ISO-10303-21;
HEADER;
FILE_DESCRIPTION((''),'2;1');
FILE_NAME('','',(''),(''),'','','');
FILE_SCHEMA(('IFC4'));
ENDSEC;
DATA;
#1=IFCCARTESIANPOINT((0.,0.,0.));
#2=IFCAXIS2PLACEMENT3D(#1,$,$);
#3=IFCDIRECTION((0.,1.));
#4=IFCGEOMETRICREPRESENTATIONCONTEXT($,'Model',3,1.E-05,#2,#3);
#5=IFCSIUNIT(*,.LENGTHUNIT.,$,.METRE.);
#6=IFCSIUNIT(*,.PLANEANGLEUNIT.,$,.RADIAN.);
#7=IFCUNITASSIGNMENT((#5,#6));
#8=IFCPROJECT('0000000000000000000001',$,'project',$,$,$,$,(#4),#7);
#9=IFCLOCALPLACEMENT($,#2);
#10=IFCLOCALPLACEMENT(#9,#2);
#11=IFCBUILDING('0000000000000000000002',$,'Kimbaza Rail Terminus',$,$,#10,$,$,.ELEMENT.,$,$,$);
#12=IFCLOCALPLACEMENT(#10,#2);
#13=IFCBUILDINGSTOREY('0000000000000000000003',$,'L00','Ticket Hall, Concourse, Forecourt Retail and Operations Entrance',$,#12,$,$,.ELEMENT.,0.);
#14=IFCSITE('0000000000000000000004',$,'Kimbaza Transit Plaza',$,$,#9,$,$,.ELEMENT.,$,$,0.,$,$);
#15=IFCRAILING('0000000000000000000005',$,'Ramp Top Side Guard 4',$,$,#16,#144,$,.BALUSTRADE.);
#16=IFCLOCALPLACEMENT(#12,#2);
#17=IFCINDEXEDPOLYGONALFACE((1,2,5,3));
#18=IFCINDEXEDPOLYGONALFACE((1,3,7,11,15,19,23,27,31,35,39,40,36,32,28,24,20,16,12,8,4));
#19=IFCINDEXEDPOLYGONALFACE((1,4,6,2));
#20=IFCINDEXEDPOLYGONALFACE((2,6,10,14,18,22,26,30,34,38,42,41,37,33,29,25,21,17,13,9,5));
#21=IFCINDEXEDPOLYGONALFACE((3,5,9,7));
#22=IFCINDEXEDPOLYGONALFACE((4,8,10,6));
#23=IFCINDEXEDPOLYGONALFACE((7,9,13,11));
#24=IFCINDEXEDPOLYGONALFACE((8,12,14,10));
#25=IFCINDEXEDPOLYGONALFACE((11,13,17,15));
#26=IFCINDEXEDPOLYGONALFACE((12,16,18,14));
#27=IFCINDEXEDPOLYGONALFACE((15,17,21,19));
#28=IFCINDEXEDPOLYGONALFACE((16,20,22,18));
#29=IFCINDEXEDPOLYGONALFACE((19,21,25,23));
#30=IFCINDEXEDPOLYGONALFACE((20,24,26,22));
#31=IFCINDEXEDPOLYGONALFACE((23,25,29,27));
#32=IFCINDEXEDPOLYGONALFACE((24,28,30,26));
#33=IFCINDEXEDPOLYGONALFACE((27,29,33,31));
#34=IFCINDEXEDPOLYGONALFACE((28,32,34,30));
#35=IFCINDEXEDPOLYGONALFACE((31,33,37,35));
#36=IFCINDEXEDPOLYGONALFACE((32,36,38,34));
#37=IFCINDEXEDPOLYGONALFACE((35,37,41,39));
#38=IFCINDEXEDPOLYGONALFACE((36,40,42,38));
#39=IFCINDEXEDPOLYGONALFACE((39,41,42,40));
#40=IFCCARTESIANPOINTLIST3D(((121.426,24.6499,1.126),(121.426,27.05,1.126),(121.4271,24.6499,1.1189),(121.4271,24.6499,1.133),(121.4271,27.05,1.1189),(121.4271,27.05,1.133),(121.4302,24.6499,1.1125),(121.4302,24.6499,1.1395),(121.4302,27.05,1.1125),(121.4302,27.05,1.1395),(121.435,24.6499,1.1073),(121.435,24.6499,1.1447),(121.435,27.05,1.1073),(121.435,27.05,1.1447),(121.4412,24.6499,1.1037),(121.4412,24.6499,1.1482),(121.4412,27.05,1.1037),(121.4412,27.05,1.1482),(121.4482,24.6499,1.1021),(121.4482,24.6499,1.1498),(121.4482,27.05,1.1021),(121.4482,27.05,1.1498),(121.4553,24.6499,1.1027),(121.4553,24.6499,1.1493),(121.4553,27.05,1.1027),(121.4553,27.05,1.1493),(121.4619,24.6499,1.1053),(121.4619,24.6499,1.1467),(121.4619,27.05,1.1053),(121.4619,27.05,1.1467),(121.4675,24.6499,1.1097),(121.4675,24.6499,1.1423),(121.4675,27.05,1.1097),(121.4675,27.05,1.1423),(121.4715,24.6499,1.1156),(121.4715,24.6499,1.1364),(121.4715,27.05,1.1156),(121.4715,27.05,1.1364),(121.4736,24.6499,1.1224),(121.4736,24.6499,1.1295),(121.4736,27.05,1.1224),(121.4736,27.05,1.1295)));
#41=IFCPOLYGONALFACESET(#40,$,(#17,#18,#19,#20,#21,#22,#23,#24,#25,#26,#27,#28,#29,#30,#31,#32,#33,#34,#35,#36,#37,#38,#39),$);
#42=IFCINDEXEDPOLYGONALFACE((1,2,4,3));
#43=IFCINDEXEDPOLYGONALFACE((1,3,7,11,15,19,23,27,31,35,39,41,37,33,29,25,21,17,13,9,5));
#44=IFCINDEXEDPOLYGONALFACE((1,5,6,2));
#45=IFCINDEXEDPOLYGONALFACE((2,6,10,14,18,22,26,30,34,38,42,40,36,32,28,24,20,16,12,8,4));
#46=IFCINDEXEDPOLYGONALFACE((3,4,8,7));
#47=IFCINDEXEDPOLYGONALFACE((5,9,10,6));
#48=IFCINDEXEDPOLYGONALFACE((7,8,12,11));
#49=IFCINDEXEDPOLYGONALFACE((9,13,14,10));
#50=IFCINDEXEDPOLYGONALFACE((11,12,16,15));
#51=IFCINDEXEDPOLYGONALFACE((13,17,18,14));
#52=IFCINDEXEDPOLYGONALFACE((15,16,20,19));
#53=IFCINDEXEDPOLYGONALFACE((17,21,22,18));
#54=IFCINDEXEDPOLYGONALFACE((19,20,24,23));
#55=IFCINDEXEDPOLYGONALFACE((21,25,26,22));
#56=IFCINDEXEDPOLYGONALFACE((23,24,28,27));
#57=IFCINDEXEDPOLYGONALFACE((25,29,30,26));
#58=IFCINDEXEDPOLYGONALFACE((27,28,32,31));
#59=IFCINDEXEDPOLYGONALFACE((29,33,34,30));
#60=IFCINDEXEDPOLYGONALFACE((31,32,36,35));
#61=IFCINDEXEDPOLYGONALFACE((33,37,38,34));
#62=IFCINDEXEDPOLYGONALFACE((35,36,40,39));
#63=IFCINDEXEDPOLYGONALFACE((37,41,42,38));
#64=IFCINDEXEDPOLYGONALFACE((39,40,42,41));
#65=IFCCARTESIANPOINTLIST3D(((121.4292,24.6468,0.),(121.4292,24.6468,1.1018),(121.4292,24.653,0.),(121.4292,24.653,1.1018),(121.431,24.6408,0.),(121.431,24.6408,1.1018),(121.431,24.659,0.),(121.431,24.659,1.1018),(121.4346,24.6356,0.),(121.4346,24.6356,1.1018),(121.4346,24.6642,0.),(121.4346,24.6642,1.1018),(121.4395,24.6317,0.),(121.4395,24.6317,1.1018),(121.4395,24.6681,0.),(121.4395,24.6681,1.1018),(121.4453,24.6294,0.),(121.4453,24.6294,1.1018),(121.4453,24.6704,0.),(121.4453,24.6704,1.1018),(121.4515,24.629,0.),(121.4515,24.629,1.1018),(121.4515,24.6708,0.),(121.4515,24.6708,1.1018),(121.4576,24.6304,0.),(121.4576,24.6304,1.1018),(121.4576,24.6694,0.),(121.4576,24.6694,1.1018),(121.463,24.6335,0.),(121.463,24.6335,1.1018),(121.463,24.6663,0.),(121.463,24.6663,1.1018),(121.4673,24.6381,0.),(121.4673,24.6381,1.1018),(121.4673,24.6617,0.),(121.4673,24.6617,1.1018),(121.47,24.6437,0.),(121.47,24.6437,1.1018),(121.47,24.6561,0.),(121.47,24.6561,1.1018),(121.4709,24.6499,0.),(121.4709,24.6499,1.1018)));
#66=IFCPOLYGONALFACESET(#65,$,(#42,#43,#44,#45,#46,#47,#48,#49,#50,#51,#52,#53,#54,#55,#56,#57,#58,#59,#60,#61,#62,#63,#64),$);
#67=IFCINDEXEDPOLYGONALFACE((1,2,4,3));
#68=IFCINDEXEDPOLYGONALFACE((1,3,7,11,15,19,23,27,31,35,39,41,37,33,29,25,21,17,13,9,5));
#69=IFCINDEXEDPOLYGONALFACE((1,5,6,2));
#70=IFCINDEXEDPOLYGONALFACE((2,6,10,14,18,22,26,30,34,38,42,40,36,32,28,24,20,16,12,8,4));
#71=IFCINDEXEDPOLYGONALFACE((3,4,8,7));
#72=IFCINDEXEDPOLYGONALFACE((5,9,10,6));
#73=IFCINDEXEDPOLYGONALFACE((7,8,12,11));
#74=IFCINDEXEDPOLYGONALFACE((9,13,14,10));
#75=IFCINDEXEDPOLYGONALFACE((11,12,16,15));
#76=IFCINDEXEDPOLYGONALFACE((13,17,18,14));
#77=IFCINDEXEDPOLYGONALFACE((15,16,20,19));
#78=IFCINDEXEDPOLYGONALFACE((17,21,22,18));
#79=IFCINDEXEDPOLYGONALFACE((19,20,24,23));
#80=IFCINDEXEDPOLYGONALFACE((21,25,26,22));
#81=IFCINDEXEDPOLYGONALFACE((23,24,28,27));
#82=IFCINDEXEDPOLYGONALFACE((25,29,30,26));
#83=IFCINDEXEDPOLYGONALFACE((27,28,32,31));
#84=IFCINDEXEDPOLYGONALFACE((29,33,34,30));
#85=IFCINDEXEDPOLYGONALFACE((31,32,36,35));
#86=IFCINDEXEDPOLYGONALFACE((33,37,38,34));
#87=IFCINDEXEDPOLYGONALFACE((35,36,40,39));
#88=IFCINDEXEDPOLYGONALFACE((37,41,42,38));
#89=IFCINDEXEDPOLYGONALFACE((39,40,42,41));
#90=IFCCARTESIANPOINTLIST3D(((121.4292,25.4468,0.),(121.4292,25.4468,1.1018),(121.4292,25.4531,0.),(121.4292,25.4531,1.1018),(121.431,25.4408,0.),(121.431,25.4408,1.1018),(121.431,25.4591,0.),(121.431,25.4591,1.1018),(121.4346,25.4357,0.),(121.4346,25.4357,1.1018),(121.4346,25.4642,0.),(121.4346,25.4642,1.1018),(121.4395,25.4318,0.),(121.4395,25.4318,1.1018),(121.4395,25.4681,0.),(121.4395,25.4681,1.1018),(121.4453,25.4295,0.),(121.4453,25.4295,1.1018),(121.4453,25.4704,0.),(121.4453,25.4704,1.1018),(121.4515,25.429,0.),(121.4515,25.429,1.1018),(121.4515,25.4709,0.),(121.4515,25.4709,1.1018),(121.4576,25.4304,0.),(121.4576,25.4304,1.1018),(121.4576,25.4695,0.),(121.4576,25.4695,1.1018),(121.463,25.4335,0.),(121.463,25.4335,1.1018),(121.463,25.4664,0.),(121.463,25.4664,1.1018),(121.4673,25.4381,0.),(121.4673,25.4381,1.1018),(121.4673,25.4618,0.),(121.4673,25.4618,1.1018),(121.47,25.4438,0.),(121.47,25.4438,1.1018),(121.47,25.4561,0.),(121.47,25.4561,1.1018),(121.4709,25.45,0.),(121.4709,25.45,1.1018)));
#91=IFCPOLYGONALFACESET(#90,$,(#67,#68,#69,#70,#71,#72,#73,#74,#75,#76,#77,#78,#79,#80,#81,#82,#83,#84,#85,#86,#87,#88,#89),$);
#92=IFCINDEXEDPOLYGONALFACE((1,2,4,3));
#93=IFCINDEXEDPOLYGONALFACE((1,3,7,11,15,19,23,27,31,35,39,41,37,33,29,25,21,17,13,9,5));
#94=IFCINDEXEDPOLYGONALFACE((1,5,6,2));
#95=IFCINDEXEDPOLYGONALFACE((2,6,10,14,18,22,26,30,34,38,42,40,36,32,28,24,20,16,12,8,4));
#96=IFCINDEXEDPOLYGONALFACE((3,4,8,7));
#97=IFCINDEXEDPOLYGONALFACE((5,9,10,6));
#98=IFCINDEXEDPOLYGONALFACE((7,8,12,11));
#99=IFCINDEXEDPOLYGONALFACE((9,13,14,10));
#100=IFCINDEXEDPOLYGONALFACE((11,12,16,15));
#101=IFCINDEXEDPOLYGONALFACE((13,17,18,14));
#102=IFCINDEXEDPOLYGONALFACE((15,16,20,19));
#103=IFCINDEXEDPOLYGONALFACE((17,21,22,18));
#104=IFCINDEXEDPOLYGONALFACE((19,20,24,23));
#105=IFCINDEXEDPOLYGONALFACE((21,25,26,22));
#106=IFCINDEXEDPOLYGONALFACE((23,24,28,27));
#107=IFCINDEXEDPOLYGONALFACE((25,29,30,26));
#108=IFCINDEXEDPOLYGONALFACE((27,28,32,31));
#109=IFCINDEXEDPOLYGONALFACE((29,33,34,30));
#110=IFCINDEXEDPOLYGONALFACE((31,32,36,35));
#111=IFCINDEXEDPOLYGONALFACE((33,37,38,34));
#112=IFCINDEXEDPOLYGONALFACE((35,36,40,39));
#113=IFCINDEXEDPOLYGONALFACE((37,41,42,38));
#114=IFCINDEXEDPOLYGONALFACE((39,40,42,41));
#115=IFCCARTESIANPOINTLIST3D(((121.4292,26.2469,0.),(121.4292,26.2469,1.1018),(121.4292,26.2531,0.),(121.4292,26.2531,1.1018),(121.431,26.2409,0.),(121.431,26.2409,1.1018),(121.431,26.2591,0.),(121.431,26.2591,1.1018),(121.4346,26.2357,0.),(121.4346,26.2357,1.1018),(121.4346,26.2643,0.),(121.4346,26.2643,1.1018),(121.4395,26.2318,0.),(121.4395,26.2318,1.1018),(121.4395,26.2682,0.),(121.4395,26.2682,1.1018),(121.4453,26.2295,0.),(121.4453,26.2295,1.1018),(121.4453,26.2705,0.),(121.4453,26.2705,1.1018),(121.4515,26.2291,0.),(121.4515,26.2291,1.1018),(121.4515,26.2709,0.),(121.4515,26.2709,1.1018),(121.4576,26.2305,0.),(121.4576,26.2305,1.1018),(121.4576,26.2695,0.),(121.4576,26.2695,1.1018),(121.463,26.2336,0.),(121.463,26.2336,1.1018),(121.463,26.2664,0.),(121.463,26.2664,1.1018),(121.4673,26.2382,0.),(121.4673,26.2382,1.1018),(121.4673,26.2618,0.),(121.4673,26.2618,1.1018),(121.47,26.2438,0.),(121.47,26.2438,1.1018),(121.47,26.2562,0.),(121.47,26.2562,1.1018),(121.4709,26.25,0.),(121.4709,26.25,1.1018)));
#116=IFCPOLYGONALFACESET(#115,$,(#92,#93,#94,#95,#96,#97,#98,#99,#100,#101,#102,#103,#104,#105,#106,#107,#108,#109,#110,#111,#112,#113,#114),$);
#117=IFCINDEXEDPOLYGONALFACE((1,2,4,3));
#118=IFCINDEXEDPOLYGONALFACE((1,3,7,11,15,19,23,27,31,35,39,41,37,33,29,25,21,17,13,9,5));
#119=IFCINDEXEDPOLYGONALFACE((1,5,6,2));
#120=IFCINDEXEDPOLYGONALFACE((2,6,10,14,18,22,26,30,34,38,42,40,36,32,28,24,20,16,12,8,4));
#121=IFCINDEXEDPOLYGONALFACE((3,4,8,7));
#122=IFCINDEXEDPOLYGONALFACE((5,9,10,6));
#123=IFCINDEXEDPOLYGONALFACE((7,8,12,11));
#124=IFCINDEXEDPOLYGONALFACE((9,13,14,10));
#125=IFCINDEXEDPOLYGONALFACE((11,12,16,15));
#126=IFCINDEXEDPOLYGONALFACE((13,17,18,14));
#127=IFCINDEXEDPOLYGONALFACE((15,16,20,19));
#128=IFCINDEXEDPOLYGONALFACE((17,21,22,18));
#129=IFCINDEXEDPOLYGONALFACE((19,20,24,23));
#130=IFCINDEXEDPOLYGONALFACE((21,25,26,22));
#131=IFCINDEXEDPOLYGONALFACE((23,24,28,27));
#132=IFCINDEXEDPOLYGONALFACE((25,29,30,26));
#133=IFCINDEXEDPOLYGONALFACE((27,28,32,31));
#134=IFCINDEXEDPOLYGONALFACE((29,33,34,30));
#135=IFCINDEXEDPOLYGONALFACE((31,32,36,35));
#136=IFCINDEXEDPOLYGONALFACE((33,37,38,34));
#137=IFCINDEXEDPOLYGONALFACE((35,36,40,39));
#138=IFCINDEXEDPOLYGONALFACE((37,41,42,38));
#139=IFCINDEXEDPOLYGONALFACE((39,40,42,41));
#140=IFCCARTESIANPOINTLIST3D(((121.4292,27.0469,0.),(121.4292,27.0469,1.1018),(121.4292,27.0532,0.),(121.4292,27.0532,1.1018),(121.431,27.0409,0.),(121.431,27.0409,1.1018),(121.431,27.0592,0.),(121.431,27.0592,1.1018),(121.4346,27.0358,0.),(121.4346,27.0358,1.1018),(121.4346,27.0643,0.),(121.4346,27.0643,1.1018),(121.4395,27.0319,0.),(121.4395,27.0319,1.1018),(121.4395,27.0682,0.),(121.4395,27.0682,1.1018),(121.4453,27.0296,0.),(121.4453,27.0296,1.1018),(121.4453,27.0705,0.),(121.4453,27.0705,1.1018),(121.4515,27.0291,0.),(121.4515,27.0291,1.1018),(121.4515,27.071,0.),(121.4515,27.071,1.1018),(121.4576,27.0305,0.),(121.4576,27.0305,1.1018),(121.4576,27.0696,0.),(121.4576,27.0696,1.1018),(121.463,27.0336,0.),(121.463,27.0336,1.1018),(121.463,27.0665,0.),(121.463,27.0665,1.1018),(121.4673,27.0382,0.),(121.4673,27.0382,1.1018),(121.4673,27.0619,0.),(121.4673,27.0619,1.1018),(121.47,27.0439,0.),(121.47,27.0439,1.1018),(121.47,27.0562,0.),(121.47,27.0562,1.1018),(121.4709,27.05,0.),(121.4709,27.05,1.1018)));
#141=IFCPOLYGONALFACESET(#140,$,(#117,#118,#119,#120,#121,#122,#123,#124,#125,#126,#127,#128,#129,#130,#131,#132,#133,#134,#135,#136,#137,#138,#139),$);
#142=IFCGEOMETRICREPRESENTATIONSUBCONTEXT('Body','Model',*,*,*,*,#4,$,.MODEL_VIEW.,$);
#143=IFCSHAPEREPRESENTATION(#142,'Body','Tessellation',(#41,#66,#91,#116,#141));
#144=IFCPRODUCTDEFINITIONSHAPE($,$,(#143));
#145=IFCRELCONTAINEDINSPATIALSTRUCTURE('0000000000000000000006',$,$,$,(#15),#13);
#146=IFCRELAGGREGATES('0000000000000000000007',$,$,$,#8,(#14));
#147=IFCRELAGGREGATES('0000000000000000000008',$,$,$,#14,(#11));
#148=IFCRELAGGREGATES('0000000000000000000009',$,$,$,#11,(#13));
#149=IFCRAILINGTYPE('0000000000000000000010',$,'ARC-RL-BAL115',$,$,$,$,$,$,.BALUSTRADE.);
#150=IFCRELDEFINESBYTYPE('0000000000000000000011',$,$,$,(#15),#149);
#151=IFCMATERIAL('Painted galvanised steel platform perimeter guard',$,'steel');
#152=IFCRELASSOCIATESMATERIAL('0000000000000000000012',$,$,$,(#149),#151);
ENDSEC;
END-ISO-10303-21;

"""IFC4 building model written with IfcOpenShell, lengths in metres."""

from ifc_helpers import new_model, si_unit, direction, frame, origin, origin_2d, place, context, subcontext, project, spatial, circle, extrude, material, type_object, element, save


model = new_model("IFC4")

# Units and contexts
model_context = context("Model", 3, precision=1e-05, world=origin(), true_north=direction((0.0, 1.0)))
body_context = subcontext(model_context, "Body", "Model", "MODEL_VIEW")
ifc_project = project(units=[si_unit("LENGTHUNIT", "METRE"), si_unit("PLANEANGLEUNIT", "RADIAN")], contexts=[model_context])

# Site, building, storey
site_placement = place(None, origin())
site = spatial("IfcSite", under=ifc_project, at=site_placement, Name="Kimbaza Transit Plaza", CompositionType="ELEMENT", RefElevation=0.0)
building_placement = place(site_placement, origin())
building = spatial("IfcBuilding", under=site, at=building_placement, Name="Kimbaza Rail Terminus", CompositionType="ELEMENT")
storey_placement = place(building_placement, origin())
storey = spatial("IfcBuildingStorey", under=building, at=storey_placement, Name="L00", Description="Ticket Hall, Concourse, Forecourt Retail and Operations Entrance", CompositionType="ELEMENT", Elevation=0.0)

# Railing
ifc_material_1 = material(Name="Painted galvanised steel platform perimeter guard", Category="steel")
railing_type = type_object("IfcRailingType", Name="ARC-RL-BAL115", PredefinedType="BALUSTRADE", material=ifc_material_1)
railing_1_placement = place(storey_placement, frame((121.45, 24.6499, 0.0)))
element("IfcRailing", 1, at=railing_1_placement, inside=storey, type_object=railing_type, Name="Ramp Top Side Guard 4", PredefinedType="BALUSTRADE", context=body_context, shape_type="SweptSolid", body=[
    extrude(circle(Radius=0.0239, at=origin_2d()), frame((0.0, 0.0, 1.126), z_axis=(0.0, 1.0, 0.0), x_axis=(-1.0, 0.0, 0.0)), (0.0, 0.0, 1.0), 2.4001),
    extrude(circle(Radius=0.021, at=origin_2d()), origin(), (0.0, 0.0, 1.0), 1.1018),
    extrude(circle(Radius=0.021, at=origin_2d()), frame((0.0, 0.8, 0.0)), (0.0, 0.0, 1.0), 1.1018),
    extrude(circle(Radius=0.021, at=origin_2d()), frame((0.0, 1.6001, 0.0)), (0.0, 0.0, 1.0), 1.1018),
    extrude(circle(Radius=0.021, at=origin_2d()), frame((0.0, 2.4001, 0.0)), (0.0, 0.0, 1.0), 1.1018),
])

save(model, "model.ifc")
